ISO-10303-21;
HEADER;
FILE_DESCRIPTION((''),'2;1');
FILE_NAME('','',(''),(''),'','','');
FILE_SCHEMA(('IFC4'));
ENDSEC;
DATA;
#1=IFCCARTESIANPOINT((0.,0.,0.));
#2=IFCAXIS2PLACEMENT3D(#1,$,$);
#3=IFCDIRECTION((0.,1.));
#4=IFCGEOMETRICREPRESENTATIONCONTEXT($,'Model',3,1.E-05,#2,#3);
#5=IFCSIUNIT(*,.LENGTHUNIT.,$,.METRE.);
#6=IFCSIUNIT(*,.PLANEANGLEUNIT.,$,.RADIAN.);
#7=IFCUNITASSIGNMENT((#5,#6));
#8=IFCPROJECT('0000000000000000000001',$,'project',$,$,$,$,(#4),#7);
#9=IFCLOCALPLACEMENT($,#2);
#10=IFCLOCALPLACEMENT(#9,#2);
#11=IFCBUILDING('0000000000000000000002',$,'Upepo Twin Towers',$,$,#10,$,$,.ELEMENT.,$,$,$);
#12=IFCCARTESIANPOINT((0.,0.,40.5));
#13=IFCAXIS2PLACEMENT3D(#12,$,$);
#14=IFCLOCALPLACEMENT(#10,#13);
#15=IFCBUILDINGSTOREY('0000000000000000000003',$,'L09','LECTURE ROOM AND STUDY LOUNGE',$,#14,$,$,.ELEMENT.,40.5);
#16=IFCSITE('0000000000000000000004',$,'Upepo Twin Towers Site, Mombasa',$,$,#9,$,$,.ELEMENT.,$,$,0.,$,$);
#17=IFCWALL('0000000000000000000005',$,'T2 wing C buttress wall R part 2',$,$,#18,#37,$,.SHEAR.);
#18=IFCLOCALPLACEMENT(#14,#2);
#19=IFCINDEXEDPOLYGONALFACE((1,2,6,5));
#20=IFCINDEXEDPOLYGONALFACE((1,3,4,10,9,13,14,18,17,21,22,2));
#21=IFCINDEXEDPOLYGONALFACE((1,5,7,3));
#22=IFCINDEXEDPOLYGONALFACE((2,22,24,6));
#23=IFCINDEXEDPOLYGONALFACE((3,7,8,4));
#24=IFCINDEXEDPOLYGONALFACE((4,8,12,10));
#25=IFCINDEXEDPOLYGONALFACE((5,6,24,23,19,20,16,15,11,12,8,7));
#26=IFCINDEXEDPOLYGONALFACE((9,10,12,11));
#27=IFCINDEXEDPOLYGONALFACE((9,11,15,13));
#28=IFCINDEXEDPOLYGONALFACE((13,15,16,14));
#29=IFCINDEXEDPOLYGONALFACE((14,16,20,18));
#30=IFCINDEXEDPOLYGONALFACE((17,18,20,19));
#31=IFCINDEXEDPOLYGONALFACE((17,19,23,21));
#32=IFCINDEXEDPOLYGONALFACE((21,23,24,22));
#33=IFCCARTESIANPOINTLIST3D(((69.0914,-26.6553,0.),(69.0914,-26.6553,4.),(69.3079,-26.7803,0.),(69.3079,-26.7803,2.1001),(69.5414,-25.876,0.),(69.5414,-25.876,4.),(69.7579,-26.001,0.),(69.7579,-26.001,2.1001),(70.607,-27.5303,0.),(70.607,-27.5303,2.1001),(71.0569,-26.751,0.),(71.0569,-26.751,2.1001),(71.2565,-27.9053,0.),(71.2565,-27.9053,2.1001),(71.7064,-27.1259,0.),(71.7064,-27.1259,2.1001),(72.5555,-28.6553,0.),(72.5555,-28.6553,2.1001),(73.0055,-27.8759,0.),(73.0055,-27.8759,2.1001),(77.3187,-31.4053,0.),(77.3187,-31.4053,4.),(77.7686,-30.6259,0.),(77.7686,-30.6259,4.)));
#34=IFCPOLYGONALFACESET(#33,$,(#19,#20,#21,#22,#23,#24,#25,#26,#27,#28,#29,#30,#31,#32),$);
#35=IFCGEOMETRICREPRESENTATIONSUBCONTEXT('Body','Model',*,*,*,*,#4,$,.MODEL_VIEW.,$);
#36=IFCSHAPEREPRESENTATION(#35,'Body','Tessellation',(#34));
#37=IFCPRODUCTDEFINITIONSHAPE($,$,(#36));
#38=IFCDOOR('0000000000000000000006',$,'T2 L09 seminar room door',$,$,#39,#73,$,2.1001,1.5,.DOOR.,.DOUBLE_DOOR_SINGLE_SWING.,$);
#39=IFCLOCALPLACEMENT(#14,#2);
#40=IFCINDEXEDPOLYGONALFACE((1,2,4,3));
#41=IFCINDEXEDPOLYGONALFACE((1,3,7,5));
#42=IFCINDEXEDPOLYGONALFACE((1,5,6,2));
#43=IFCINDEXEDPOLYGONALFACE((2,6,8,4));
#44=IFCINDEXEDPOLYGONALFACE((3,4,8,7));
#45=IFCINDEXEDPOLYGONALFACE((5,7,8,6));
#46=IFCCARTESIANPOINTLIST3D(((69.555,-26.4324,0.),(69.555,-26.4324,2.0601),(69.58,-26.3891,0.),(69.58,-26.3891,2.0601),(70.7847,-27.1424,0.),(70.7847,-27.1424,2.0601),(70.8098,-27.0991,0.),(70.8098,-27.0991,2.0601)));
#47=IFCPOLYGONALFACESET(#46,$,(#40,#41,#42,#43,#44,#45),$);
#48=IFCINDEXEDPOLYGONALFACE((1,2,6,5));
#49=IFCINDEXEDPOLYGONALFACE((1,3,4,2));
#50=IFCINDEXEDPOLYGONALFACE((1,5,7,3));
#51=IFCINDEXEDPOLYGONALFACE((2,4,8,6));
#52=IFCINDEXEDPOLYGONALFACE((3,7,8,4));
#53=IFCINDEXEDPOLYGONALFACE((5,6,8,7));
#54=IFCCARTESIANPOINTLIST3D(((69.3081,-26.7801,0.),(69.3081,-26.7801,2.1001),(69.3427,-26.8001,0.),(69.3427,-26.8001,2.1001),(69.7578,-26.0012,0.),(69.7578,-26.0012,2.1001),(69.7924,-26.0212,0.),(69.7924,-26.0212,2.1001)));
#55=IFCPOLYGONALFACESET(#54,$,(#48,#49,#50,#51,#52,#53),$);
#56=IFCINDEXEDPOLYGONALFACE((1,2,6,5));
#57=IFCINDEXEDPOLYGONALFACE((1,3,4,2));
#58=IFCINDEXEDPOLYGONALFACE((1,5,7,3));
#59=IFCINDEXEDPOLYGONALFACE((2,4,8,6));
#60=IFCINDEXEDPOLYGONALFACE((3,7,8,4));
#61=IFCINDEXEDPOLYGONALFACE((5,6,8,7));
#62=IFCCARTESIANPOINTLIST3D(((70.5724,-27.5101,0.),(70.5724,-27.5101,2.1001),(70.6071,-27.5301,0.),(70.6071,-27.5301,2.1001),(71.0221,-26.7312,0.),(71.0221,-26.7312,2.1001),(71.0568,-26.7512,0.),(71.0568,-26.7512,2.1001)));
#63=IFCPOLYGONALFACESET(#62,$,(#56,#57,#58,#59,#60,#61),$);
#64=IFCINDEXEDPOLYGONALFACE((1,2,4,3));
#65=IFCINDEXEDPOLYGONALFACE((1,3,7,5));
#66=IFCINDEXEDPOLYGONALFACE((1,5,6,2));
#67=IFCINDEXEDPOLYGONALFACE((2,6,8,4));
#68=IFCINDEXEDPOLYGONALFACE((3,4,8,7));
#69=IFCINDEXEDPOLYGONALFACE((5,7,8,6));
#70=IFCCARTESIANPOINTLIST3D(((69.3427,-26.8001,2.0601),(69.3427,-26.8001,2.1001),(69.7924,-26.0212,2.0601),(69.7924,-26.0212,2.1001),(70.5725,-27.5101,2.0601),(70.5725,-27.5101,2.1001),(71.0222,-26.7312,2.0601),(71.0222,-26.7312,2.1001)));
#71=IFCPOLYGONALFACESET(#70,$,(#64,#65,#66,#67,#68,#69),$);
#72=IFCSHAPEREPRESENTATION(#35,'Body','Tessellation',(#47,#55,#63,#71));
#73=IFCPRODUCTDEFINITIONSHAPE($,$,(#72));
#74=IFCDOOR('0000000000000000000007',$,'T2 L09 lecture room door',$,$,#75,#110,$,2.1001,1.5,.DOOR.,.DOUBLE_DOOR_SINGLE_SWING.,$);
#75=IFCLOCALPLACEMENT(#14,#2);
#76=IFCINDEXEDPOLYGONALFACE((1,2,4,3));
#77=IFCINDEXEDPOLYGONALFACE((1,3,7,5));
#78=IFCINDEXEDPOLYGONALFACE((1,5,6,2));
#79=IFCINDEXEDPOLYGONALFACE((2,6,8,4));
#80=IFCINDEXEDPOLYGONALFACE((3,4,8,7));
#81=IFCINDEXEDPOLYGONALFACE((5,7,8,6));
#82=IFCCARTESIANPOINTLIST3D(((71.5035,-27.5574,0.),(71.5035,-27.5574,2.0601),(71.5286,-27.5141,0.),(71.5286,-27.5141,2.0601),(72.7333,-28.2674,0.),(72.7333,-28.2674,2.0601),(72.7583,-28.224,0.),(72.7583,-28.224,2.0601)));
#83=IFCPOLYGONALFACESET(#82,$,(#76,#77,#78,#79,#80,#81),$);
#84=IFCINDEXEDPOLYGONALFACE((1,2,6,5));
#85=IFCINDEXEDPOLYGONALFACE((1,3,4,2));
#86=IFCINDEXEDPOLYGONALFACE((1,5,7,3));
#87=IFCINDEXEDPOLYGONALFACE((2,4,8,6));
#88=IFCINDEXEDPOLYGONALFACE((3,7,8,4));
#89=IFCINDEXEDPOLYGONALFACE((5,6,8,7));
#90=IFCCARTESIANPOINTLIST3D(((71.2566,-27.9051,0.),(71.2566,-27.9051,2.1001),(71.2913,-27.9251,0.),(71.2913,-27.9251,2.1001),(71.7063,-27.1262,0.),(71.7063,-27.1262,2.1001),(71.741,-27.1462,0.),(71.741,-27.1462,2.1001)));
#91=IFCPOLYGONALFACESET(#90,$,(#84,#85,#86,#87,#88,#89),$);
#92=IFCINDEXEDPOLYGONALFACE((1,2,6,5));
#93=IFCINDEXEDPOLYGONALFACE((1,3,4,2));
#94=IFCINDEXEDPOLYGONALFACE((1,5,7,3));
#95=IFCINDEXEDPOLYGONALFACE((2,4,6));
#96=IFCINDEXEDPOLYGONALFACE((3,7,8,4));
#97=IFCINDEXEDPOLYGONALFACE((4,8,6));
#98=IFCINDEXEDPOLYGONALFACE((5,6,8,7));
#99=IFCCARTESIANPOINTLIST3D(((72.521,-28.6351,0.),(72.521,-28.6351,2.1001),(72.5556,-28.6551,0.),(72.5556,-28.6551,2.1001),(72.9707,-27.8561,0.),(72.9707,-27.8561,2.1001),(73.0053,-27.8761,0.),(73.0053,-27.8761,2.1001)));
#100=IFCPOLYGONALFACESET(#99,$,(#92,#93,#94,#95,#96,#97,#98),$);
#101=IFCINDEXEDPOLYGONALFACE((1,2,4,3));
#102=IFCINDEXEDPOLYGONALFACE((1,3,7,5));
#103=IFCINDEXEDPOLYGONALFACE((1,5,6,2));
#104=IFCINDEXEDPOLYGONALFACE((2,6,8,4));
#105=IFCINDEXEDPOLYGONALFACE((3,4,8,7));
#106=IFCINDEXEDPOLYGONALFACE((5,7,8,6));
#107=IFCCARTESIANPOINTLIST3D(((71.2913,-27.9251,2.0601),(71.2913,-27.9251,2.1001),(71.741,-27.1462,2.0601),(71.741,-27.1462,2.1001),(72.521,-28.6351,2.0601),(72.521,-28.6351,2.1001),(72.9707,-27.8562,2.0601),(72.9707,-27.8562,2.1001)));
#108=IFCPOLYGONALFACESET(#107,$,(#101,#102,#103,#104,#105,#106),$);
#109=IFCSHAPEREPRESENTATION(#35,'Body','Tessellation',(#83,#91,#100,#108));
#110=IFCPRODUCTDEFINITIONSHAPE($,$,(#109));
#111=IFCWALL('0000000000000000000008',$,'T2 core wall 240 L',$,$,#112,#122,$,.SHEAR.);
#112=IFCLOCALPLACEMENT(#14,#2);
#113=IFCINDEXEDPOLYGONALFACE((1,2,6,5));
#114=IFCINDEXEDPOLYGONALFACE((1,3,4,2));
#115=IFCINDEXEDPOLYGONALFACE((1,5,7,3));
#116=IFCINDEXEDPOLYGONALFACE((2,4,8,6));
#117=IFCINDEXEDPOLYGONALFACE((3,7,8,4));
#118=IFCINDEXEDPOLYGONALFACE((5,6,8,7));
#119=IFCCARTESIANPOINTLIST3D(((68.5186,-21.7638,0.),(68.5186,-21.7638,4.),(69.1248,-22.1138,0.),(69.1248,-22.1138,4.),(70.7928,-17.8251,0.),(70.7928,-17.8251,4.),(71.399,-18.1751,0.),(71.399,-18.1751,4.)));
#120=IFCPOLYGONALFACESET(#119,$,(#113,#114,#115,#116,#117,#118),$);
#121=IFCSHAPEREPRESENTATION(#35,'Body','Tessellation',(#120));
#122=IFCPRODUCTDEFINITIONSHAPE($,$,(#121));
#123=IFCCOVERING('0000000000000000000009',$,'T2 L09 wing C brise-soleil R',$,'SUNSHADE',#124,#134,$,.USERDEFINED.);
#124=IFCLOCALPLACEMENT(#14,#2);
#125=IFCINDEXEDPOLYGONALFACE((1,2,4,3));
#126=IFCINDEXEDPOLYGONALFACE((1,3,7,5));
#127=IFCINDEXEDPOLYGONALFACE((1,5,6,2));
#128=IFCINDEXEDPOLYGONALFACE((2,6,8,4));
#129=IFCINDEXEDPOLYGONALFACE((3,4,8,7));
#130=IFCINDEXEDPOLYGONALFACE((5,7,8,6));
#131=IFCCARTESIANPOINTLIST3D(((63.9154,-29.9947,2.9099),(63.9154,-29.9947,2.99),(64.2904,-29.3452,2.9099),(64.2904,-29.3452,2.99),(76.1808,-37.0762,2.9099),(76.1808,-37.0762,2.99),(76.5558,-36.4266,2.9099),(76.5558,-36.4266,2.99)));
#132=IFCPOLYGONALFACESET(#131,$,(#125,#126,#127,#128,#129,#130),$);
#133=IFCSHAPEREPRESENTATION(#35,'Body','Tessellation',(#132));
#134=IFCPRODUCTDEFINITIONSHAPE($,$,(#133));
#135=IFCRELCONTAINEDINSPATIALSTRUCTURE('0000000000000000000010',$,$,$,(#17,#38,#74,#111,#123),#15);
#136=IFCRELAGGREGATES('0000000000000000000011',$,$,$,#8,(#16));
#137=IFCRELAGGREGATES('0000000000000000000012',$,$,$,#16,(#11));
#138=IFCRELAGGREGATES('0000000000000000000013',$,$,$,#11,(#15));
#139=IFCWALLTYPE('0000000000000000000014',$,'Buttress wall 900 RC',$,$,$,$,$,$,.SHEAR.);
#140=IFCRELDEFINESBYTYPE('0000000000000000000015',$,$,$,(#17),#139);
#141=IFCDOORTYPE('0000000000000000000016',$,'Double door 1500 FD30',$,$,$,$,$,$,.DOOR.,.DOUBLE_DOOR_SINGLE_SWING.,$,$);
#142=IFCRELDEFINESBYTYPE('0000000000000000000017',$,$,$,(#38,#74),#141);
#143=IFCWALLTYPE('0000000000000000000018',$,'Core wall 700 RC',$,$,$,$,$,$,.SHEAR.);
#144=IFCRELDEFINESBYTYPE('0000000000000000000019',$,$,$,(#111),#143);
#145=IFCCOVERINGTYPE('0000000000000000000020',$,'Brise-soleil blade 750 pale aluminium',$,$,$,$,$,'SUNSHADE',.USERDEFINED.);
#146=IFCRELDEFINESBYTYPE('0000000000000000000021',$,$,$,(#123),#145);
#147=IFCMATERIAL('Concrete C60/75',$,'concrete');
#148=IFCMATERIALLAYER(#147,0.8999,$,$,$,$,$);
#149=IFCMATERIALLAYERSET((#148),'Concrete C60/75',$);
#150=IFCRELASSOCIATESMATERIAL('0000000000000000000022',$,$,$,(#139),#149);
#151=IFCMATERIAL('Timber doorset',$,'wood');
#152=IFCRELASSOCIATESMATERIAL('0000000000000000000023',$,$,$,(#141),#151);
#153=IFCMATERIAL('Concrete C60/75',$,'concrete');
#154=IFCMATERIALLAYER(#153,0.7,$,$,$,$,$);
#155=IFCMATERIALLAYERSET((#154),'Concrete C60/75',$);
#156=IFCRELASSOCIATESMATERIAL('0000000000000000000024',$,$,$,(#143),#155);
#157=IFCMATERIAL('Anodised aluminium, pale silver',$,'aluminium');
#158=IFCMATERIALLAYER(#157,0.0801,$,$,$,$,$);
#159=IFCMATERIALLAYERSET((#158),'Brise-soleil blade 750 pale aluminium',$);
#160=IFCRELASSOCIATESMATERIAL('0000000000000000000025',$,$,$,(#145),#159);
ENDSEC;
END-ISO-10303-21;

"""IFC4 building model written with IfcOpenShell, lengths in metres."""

from ifc_helpers import new_model, si_unit, direction, frame, frame_2d, origin, origin_2d, place, context, subcontext, project, spatial, rectangle, extrude, material, layer, layer_set, type_object, element, fill, save


model = new_model("IFC4")

# Units and contexts
model_context = context("Model", 3, precision=1e-05, world=origin(), true_north=direction((0.0, 1.0)))
body_context = subcontext(model_context, "Body", "Model", "MODEL_VIEW")
ifc_project = project(units=[si_unit("LENGTHUNIT", "METRE"), si_unit("PLANEANGLEUNIT", "RADIAN")], contexts=[model_context])

# Site, building, storey
site_placement = place(None, origin())
site = spatial("IfcSite", under=ifc_project, at=site_placement, Name="Upepo Twin Towers Site, Mombasa", CompositionType="ELEMENT", RefElevation=0.0)
building_placement = place(site_placement, origin())
building = spatial("IfcBuilding", under=site, at=building_placement, Name="Upepo Twin Towers", CompositionType="ELEMENT")
storey_placement = place(building_placement, frame((0.0, 0.0, 40.5)))
storey = spatial("IfcBuildingStorey", under=building, at=storey_placement, Name="L09", Description="LECTURE ROOM AND STUDY LOUNGE", CompositionType="ELEMENT", Elevation=40.5)

# Wall, openings, doors
ifc_material_1 = material(Name="Concrete C60/75", Category="concrete")
ifc_layer_1 = layer(ifc_material_1, 0.8999)
ifc_layer_set_1 = layer_set([ifc_layer_1], Name="Concrete C60/75")
wall_type_1 = type_object("IfcWallType", Name="Buttress wall 900 RC", PredefinedType="SHEAR", material=ifc_layer_set_1)
ifc_material_2 = material(Name="Timber doorset", Category="wood")
door_type = type_object("IfcDoorType", Name="Double door 1500 FD30", OperationType="DOUBLE_DOOR_SINGLE_SWING", PredefinedType="DOOR", material=ifc_material_2)
wall_1_placement = place(storey_placement, frame((69.3164, -26.2656, 0.0), z_axis=(0.0, 0.0, 1.0), x_axis=(0.866027, -0.499998, 0.0)))
wall_1 = element("IfcWall", 1, at=wall_1_placement, inside=storey, type_object=wall_type_1, Name="T2 wing C buttress wall R part 2", PredefinedType="SHEAR", context=body_context, shape_type="SweptSolid", body=[
    extrude(rectangle(XDim=9.5, YDim=0.8999, at=frame_2d((4.75, 0.0))), origin(), (0.0, 0.0, 1.0), 4.0),
])
opening_1_placement = place(wall_1_placement, frame((0.25, 0.0, 0.0)))
opening_1 = element("IfcOpeningElement", 2, at=opening_1_placement, cuts=wall_1, PredefinedType="OPENING", context=body_context, shape_type="SweptSolid", body=[
    extrude(rectangle(XDim=1.5, YDim=2.1001, at=frame_2d((0.75, 1.05))), frame((0.0, 0.46, 0.0), z_axis=(0.0, -1.0, 0.0), x_axis=(1.0, 0.0, 0.0)), (0.0, 0.0, 1.0), 0.9199),
])
opening_2_placement = place(wall_1_placement, frame((2.5, 0.0, 0.0)))
opening_2 = element("IfcOpeningElement", 3, at=opening_2_placement, cuts=wall_1, PredefinedType="OPENING", context=body_context, shape_type="SweptSolid", body=[
    extrude(rectangle(XDim=1.5, YDim=2.1001, at=frame_2d((0.75, 1.05))), frame((0.0, 0.46, 0.0), z_axis=(0.0, -1.0, 0.0), x_axis=(1.0, 0.0, 0.0)), (0.0, 0.0, 1.0), 0.9199),
])
door_1_placement = place(opening_1_placement, origin())
door_1 = element("IfcDoor", 4, at=door_1_placement, inside=storey, type_object=door_type, Name="T2 L09 seminar room door", OperationType="DOUBLE_DOOR_SINGLE_SWING", OverallHeight=2.1001, OverallWidth=1.5, PredefinedType="DOOR", context=body_context, shape_type="SweptSolid", body=[
    extrude(rectangle(XDim=1.42, YDim=2.0601, at=frame_2d((0.75, 1.03))), frame((0.0, 0.0249, 0.0), z_axis=(0.0, -1.0, 0.0), x_axis=(1.0, 0.0, 0.0)), (0.0, 0.0, 1.0), 0.05),
    extrude(rectangle(XDim=0.04, YDim=2.1001, at=frame_2d((0.02, 1.05))), frame((0.0, 0.4497, 0.0), z_axis=(0.0, -1.0, 0.0), x_axis=(1.0, 0.0, 0.0)), (0.0, 0.0, 1.0), 0.8994),
    extrude(rectangle(XDim=0.04, YDim=2.1001, at=frame_2d((1.48, 1.05))), frame((0.0, 0.4497, 0.0), z_axis=(0.0, -1.0, 0.0), x_axis=(1.0, 0.0, 0.0)), (0.0, 0.0, 1.0), 0.8994),
    extrude(rectangle(XDim=1.42, YDim=0.04, at=frame_2d((0.75, 2.0801))), frame((0.0, 0.4497, 0.0), z_axis=(0.0, -1.0, 0.0), x_axis=(1.0, 0.0, 0.0)), (0.0, 0.0, 1.0), 0.8994),
])
fill(opening_1, door_1)
door_2_placement = place(opening_2_placement, origin())
door_2 = element("IfcDoor", 5, at=door_2_placement, inside=storey, type_object=door_type, Name="T2 L09 lecture room door", OperationType="DOUBLE_DOOR_SINGLE_SWING", OverallHeight=2.1001, OverallWidth=1.5, PredefinedType="DOOR", context=body_context, shape_type="SweptSolid", body=[
    extrude(rectangle(XDim=1.42, YDim=2.0601, at=frame_2d((0.75, 1.03))), frame((0.0, 0.0249, 0.0), z_axis=(0.0, -1.0, 0.0), x_axis=(1.0, 0.0, 0.0)), (0.0, 0.0, 1.0), 0.05),
    extrude(rectangle(XDim=0.04, YDim=2.1001, at=frame_2d((0.02, 1.05))), frame((0.0, 0.4497, 0.0), z_axis=(0.0, -1.0, 0.0), x_axis=(1.0, 0.0, 0.0)), (0.0, 0.0, 1.0), 0.8994),
    extrude(rectangle(XDim=0.04, YDim=2.1001, at=frame_2d((1.48, 1.05))), frame((0.0, 0.4497, 0.0), z_axis=(0.0, -1.0, 0.0), x_axis=(1.0, 0.0, 0.0)), (0.0, 0.0, 1.0), 0.8994),
    extrude(rectangle(XDim=1.42, YDim=0.04, at=frame_2d((0.75, 2.0801))), frame((0.0, 0.4497, 0.0), z_axis=(0.0, -1.0, 0.0), x_axis=(1.0, 0.0, 0.0)), (0.0, 0.0, 1.0), 0.8994),
])
fill(opening_2, door_2)

# Wall
ifc_material_3 = material(Name="Concrete C60/75", Category="concrete")
ifc_layer_2 = layer(ifc_material_3, 0.7)
ifc_layer_set_2 = layer_set([ifc_layer_2], Name="Concrete C60/75")
wall_type_2 = type_object("IfcWallType", Name="Core wall 700 RC", PredefinedType="SHEAR", material=ifc_layer_set_2)
wall_2_placement = place(storey_placement, frame((68.8218, -21.9387, 0.0), z_axis=(0.0, 0.0, 1.0), x_axis=(0.500024, 0.866011, 0.0)))
element("IfcWall", 6, at=wall_2_placement, inside=storey, type_object=wall_type_2, Name="T2 core wall 240 L", PredefinedType="SHEAR", context=body_context, shape_type="SweptSolid", body=[
    extrude(rectangle(XDim=4.5481, YDim=0.7, at=frame_2d((2.2739, 0.0))), origin(), (0.0, 0.0, 1.0), 4.0),
])

# Covering
ifc_material_4 = material(Name="Anodised aluminium, pale silver", Category="aluminium")
ifc_layer_3 = layer(ifc_material_4, 0.0801)
ifc_layer_set_3 = layer_set([ifc_layer_3], Name="Brise-soleil blade 750 pale aluminium")
covering_type = type_object("IfcCoveringType", Name="Brise-soleil blade 750 pale aluminium", ElementType="SUNSHADE", PredefinedType="USERDEFINED", material=ifc_layer_set_3)
covering_placement = place(storey_placement, frame((70.2356, -33.2107, 2.9099), z_axis=(0.0, 0.0, 1.0), x_axis=(0.866025, -0.5, 0.0)))
element("IfcCovering", 7, at=covering_placement, inside=storey, type_object=covering_type, Name="T2 L09 wing C brise-soleil R", ObjectType="SUNSHADE", PredefinedType="USERDEFINED", context=body_context, shape_type="SweptSolid", body=[
    extrude(rectangle(XDim=14.1628, YDim=0.75, at=origin_2d()), origin(), (0.0, 0.0, 1.0), 0.0801),
])

save(model, "model.ifc")
